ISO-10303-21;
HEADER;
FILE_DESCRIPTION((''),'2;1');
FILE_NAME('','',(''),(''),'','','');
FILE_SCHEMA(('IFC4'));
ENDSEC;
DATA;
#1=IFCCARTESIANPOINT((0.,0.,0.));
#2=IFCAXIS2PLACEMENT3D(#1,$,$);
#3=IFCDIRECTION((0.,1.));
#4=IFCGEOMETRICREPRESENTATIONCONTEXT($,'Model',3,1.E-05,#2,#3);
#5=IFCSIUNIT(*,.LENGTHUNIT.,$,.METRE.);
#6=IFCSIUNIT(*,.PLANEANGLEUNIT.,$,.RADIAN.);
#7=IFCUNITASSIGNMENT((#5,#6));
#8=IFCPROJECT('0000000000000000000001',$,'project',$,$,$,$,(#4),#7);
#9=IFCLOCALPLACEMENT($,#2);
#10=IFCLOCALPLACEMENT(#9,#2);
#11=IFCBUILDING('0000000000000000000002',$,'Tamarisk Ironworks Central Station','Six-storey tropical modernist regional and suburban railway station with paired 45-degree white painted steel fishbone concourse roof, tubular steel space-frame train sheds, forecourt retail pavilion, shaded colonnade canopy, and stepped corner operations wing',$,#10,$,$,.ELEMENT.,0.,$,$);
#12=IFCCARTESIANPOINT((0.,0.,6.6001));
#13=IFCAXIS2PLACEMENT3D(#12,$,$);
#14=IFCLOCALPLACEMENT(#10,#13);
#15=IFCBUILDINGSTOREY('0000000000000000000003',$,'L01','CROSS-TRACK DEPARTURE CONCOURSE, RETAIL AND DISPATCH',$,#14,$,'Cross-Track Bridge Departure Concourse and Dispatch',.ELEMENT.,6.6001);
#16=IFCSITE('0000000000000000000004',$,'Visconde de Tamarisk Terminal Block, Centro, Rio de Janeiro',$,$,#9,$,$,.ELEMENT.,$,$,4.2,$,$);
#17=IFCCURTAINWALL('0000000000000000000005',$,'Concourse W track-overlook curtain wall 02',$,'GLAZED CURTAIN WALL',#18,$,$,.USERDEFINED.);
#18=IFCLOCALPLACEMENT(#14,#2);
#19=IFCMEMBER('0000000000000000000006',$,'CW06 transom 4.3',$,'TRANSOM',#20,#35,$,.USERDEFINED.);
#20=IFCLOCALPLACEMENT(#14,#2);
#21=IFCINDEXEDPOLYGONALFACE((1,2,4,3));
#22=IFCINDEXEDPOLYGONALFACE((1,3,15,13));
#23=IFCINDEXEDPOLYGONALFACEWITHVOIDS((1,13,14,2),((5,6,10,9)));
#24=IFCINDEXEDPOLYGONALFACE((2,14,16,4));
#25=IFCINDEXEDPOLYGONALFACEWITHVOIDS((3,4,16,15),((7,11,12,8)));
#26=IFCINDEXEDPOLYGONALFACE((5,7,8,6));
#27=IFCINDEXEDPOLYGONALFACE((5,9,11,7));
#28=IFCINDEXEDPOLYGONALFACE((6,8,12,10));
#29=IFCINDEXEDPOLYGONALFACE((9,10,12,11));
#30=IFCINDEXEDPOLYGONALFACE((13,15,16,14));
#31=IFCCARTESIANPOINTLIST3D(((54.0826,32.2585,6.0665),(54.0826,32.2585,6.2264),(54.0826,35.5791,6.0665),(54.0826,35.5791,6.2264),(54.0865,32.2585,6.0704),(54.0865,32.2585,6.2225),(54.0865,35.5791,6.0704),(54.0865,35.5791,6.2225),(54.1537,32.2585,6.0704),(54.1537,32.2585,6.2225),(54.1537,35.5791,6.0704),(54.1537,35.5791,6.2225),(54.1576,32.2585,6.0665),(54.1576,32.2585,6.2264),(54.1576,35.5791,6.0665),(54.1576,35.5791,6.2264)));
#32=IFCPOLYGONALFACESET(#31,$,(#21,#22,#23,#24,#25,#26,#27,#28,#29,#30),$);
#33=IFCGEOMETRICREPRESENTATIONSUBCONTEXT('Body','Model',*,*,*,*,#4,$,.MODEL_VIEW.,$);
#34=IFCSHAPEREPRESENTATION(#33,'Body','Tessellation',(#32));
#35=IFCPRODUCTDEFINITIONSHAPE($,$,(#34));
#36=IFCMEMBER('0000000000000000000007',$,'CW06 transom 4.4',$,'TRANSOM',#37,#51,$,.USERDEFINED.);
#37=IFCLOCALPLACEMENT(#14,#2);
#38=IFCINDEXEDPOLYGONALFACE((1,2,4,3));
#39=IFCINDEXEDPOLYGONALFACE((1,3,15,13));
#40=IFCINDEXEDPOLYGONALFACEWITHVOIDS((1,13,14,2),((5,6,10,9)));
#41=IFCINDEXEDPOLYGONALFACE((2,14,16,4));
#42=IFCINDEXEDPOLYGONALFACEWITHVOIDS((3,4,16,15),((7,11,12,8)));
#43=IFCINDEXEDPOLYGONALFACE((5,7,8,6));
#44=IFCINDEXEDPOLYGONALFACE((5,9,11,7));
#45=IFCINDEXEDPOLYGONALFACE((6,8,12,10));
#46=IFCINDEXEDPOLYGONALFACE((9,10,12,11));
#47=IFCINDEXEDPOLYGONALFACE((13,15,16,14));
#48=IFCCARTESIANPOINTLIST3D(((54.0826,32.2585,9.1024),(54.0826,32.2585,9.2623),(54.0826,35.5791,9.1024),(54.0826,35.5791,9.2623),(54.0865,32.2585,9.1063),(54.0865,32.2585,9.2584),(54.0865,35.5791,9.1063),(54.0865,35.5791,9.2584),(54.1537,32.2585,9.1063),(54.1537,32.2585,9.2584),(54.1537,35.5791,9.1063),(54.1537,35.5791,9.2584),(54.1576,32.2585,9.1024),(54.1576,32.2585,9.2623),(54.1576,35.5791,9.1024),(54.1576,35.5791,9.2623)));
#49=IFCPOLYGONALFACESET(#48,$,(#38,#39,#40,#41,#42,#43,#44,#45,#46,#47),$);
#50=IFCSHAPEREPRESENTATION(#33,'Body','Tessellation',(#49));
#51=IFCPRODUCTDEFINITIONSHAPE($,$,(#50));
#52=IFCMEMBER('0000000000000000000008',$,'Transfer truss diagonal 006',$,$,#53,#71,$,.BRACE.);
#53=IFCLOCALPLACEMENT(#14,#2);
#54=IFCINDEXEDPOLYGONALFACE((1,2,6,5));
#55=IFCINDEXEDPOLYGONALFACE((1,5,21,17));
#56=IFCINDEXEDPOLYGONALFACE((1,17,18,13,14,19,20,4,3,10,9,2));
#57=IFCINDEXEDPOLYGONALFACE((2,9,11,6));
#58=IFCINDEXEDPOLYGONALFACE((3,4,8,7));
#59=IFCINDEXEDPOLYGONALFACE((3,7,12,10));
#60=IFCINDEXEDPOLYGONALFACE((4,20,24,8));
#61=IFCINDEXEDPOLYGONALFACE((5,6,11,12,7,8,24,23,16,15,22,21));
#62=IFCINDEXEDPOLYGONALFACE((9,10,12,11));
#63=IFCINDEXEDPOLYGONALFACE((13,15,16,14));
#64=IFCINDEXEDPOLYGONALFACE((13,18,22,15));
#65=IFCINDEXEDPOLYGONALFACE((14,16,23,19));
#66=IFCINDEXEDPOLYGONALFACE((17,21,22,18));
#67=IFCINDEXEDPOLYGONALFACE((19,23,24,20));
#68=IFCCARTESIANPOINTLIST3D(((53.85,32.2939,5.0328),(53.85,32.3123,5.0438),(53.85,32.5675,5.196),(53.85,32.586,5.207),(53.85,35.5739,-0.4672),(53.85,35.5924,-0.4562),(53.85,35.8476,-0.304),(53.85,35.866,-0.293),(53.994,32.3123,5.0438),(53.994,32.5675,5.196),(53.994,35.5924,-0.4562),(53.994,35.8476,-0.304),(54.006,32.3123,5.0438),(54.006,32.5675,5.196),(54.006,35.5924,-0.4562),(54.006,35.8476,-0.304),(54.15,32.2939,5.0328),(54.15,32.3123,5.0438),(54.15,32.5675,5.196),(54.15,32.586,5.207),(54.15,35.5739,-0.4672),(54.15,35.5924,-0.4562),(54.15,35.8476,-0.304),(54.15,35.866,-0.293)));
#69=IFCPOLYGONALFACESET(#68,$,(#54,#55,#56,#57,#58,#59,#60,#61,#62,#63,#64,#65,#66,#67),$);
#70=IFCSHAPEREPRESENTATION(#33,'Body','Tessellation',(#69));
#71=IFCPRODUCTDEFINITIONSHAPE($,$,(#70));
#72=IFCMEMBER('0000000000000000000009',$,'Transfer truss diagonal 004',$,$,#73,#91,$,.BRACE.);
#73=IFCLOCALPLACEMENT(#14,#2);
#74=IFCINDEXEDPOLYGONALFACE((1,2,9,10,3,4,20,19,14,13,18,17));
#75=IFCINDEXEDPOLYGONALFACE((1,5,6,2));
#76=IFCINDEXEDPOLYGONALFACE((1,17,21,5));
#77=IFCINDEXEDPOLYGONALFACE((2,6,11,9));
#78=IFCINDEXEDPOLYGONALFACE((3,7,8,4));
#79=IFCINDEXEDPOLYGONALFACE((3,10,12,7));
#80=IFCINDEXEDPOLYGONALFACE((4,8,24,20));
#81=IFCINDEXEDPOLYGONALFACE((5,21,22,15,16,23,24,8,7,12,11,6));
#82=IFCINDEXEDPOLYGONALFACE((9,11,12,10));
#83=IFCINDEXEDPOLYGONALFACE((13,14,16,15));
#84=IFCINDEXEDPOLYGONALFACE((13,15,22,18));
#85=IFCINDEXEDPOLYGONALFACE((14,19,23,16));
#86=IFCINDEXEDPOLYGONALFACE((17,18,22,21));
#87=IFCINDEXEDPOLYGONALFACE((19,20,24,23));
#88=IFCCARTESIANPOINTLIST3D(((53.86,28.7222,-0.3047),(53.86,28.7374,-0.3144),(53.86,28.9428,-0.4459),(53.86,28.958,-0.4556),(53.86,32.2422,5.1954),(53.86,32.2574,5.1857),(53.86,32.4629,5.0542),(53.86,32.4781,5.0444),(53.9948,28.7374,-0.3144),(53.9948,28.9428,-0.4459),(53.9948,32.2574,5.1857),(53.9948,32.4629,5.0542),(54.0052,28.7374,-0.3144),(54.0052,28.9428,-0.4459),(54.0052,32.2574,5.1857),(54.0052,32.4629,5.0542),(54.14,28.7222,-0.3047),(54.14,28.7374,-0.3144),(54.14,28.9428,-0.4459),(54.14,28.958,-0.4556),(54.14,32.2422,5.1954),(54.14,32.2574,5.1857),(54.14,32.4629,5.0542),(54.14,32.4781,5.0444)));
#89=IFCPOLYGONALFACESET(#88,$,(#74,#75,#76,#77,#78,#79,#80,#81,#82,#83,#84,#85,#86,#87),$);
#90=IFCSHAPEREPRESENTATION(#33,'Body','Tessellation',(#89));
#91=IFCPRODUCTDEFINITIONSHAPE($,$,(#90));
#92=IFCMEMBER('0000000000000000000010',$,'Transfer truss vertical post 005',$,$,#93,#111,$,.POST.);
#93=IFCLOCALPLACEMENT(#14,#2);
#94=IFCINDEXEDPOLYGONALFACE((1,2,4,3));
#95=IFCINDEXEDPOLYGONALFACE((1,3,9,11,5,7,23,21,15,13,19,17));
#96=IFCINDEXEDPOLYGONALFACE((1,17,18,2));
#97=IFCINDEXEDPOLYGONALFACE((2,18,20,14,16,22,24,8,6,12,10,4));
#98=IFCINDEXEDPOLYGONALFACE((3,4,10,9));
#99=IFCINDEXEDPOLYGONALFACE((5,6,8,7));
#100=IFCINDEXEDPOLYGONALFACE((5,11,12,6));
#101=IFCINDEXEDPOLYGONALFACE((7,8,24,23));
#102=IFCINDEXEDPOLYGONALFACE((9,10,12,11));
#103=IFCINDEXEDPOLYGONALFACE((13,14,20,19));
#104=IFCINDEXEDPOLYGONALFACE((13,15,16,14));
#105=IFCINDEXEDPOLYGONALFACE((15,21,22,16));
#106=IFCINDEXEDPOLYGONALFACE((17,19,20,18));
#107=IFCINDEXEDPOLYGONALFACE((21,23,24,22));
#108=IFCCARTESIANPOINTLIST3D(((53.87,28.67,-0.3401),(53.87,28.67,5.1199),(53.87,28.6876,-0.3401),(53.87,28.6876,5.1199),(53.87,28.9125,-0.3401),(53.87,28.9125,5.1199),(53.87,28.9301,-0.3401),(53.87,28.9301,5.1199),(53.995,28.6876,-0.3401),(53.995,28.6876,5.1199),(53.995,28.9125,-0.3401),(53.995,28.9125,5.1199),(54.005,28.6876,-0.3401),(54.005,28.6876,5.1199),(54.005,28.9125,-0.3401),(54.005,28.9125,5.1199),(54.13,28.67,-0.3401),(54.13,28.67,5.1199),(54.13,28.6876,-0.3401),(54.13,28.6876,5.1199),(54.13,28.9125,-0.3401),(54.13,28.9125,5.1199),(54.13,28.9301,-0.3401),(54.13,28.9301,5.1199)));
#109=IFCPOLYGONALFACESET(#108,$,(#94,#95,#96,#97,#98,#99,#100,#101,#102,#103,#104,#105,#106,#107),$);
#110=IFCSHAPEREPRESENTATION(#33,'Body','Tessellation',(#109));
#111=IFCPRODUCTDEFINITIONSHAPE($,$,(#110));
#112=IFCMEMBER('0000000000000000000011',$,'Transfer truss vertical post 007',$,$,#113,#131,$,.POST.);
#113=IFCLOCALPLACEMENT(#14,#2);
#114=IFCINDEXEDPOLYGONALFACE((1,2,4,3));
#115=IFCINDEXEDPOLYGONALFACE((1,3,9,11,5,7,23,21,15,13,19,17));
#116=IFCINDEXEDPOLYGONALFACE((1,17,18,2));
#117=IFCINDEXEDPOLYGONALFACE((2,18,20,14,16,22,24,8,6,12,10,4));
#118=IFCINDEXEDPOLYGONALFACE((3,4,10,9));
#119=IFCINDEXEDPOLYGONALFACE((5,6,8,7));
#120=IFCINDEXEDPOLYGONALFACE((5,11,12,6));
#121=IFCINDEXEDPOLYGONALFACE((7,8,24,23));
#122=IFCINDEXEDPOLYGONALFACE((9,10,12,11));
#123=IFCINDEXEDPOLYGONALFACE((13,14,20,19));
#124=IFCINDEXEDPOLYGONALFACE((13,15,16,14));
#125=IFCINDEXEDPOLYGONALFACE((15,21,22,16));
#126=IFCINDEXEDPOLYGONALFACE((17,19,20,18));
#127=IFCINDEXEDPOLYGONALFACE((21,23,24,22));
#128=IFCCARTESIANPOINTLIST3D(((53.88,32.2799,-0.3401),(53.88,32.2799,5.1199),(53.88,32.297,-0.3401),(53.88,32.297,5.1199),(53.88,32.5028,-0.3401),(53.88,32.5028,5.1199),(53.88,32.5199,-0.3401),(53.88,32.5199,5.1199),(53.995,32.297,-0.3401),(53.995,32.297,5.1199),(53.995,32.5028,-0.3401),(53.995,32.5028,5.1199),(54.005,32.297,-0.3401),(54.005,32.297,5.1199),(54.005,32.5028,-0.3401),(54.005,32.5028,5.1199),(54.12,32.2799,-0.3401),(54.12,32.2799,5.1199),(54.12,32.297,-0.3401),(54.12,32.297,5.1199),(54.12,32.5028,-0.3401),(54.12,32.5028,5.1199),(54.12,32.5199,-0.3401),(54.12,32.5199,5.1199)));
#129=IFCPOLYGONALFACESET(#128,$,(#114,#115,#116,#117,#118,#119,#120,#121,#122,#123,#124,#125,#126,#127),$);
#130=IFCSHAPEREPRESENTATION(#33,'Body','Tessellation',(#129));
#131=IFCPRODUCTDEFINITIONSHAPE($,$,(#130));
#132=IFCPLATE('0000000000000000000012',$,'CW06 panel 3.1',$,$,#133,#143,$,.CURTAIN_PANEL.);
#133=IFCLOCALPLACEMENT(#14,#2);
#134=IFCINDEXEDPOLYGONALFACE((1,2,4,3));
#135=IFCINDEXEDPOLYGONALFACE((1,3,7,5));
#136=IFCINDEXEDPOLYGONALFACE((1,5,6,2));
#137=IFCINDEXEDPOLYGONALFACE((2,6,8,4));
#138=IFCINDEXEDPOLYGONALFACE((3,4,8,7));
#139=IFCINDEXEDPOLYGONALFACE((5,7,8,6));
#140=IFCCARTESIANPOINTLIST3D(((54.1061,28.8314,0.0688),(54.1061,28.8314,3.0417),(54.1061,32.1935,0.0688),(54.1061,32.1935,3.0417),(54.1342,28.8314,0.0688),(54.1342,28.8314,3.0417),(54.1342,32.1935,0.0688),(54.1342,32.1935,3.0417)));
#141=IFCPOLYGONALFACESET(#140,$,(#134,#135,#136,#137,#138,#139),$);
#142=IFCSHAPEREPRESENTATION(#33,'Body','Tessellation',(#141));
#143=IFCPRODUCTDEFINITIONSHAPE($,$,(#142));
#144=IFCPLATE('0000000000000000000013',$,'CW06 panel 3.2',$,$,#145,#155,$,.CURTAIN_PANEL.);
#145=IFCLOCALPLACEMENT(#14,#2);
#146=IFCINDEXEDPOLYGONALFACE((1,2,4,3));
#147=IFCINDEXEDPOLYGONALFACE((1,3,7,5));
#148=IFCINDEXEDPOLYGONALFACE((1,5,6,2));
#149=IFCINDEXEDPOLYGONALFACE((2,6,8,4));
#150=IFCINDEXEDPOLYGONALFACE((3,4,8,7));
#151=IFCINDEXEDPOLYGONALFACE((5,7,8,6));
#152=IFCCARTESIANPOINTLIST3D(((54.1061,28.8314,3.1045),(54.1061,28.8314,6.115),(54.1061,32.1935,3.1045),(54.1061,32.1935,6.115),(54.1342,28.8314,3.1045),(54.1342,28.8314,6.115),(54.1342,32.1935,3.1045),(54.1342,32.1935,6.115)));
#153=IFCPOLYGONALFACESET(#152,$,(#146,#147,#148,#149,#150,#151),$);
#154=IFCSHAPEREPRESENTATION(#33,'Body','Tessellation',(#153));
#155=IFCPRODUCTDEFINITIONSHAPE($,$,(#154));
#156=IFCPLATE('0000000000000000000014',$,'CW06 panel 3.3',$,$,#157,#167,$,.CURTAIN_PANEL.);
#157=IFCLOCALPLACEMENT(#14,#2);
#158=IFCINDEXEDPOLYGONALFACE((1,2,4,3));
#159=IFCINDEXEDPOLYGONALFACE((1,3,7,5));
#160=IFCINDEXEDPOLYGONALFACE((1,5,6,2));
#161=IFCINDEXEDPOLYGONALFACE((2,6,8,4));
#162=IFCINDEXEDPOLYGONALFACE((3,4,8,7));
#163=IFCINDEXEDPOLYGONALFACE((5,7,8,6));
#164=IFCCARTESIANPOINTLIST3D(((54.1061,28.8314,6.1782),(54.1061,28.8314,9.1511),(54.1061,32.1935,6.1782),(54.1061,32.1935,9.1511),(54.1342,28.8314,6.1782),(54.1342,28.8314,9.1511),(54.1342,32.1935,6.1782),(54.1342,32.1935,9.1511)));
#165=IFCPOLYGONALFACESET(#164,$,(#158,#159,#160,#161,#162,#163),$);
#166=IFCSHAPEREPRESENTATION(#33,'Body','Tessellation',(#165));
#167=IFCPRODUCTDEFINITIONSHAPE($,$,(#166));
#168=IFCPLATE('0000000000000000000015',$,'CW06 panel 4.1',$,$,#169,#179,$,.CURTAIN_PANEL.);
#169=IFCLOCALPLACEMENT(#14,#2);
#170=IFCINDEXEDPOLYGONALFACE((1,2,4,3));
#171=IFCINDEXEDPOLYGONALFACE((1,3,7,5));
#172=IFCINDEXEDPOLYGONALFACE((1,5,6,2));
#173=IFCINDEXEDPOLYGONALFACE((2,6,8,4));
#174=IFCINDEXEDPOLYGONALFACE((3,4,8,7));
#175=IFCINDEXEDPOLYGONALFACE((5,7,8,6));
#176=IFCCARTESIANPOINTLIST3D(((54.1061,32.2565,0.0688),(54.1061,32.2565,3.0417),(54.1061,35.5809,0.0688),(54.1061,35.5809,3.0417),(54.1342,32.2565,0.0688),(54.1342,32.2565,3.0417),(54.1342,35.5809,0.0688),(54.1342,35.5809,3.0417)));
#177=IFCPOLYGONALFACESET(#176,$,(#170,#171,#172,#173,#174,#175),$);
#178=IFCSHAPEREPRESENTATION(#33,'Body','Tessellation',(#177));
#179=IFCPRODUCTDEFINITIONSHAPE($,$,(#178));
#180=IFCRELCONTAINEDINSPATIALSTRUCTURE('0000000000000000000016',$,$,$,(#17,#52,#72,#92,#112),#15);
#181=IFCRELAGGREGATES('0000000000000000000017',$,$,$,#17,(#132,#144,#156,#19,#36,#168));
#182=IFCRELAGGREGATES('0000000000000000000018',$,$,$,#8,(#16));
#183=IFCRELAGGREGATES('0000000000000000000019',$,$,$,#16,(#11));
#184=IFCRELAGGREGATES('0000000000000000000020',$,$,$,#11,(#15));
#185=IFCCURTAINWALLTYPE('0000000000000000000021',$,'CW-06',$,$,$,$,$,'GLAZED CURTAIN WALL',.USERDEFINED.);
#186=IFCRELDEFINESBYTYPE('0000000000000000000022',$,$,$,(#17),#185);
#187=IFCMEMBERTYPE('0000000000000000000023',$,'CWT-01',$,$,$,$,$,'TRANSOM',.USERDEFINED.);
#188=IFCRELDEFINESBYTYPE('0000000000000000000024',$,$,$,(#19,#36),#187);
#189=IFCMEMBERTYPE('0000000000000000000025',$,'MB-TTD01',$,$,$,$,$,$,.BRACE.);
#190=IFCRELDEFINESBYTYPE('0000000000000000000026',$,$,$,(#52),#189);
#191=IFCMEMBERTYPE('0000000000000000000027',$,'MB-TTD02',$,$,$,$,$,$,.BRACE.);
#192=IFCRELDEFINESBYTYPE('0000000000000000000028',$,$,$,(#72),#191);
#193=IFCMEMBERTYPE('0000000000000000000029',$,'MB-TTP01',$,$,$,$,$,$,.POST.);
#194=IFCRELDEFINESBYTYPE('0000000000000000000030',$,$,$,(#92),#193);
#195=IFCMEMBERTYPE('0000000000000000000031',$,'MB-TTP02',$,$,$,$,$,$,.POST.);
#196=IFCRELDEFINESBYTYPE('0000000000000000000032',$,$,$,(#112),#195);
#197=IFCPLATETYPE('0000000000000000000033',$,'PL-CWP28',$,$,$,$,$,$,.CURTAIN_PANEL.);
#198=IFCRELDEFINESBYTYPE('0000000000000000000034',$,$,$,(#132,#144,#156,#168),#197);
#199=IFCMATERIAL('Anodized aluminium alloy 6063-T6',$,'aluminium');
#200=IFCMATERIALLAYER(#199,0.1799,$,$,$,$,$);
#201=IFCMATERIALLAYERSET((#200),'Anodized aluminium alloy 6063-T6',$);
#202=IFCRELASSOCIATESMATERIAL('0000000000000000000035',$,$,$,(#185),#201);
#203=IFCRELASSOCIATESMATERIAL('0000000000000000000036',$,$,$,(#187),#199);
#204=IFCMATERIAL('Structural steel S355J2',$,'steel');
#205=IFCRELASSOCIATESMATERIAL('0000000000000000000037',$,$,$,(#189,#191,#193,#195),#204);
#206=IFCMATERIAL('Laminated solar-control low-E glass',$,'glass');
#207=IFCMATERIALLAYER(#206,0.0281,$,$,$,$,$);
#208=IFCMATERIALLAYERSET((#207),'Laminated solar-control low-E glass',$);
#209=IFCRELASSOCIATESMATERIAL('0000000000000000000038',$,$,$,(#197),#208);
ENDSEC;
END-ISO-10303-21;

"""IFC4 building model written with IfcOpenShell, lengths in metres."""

from ifc_helpers import new_model, si_unit, direction, frame, origin, origin_2d, place, context, subcontext, project, spatial, rectangle, hollow_rectangle, i_section, extrude, material, layer, layer_set, material_profile, profile_set, type_object, element, aggregate, save


model = new_model("IFC4")

# Units and contexts
model_context = context("Model", 3, precision=1e-05, world=origin(), true_north=direction((0.0, 1.0)))
body_context = subcontext(model_context, "Body", "Model", "MODEL_VIEW")
ifc_project = project(units=[si_unit("LENGTHUNIT", "METRE"), si_unit("PLANEANGLEUNIT", "RADIAN")], contexts=[model_context])

# Site, building, storey
site_placement = place(None, origin())
site = spatial("IfcSite", under=ifc_project, at=site_placement, Name="Visconde de Tamarisk Terminal Block, Centro, Rio de Janeiro", CompositionType="ELEMENT", RefElevation=4.2)
building_placement = place(site_placement, origin())
building = spatial("IfcBuilding", under=site, at=building_placement, Name="Tamarisk Ironworks Central Station", Description="Six-storey tropical modernist regional and suburban railway station with paired 45-degree white painted steel fishbone concourse roof, tubular steel space-frame train sheds, forecourt retail pavilion, shaded colonnade canopy, and stepped corner operations wing", CompositionType="ELEMENT", ElevationOfRefHeight=0.0)
storey_placement = place(building_placement, frame((0.0, 0.0, 6.6001)))
storey = spatial("IfcBuildingStorey", under=building, at=storey_placement, Name="L01", Description="CROSS-TRACK DEPARTURE CONCOURSE, RETAIL AND DISPATCH", LongName="Cross-Track Bridge Departure Concourse and Dispatch", CompositionType="ELEMENT", Elevation=6.6001)

# Shared definitions
ifc_material_1 = material(Name="Structural steel S355J2", Category="steel")

# Curtain wall, members
ifc_material_2 = material(Name="Anodized aluminium alloy 6063-T6", Category="aluminium")
ifc_layer_1 = layer(ifc_material_2, 0.1799)
ifc_layer_set_1 = layer_set([ifc_layer_1], Name="Anodized aluminium alloy 6063-T6")
curtain_wall_type = type_object("IfcCurtainWallType", Name="CW-06", ElementType="GLAZED CURTAIN WALL", PredefinedType="USERDEFINED", material=ifc_layer_set_1)
curtain_wall_placement = place(storey_placement, origin())
curtain_wall = element("IfcCurtainWall", 1, at=curtain_wall_placement, inside=storey, type_object=curtain_wall_type, Name="Concourse W track-overlook curtain wall 02", ObjectType="GLAZED CURTAIN WALL", PredefinedType="USERDEFINED")
ifc_material_profile_1 = material_profile(ifc_material_2, hollow_rectangle(XDim=0.075, YDim=0.1599, WallThickness=0.0039, at=origin_2d()), Name="ALUM 160x75")
ifc_profile_set_1 = profile_set([ifc_material_profile_1], Name="Anodized aluminium alloy 6063-T6")
member_type_1 = type_object("IfcMemberType", Name="CWT-01", ElementType="TRANSOM", PredefinedType="USERDEFINED", material=ifc_profile_set_1)
member_1_placement = place(storey_placement, frame((54.1201, 32.2585, 6.1465), z_axis=(0.0, 1.0, 0.0), x_axis=(-1.0, 0.0, 0.0)))
member_1 = element("IfcMember", 2, at=member_1_placement, type_object=member_type_1, Name="CW06 transom 4.3", ObjectType="TRANSOM", PredefinedType="USERDEFINED", context=body_context, shape_type="SweptSolid", body=[
    extrude(hollow_rectangle(XDim=0.075, YDim=0.1599, WallThickness=0.0039, at=origin_2d()), origin(), (0.0, 0.0, 1.0), 3.3206),
])
member_2_placement = place(storey_placement, frame((54.1201, 32.2585, 9.1824), z_axis=(0.0, 1.0, 0.0), x_axis=(-1.0, 0.0, 0.0)))
member_2 = element("IfcMember", 3, at=member_2_placement, type_object=member_type_1, Name="CW06 transom 4.4", ObjectType="TRANSOM", PredefinedType="USERDEFINED", context=body_context, shape_type="SweptSolid", body=[
    extrude(hollow_rectangle(XDim=0.075, YDim=0.1599, WallThickness=0.0039, at=origin_2d()), origin(), (0.0, 0.0, 1.0), 3.3206),
])

# Members
ifc_material_profile_2 = material_profile(ifc_material_1, i_section(OverallWidth=0.3, OverallDepth=0.3401, WebThickness=0.012, FlangeThickness=0.0215, at=origin_2d()), Name="HEB 340")
ifc_profile_set_2 = profile_set([ifc_material_profile_2], Name="Structural steel S355J2")
member_type_2 = type_object("IfcMemberType", Name="MB-TTD01", PredefinedType="BRACE", material=ifc_profile_set_2)
member_3_placement = place(storey_placement, frame((54.0, 32.4399, 5.1199), z_axis=(0.0, 0.512201, -0.858866), x_axis=(-1.0, 0.0, 0.0)))
element("IfcMember", 4, at=member_3_placement, inside=storey, type_object=member_type_2, Name="Transfer truss diagonal 006", PredefinedType="BRACE", context=body_context, shape_type="SweptSolid", body=[
    extrude(i_section(OverallWidth=0.3, OverallDepth=0.3401, WebThickness=0.012, FlangeThickness=0.0215, at=origin_2d()), origin(), (0.0, 0.0, 1.0), 6.4038),
])
ifc_material_profile_3 = material_profile(ifc_material_1, i_section(OverallWidth=0.28, OverallDepth=0.28, WebThickness=0.0105, FlangeThickness=0.0181, at=origin_2d()), Name="HEB 280")
ifc_profile_set_3 = profile_set([ifc_material_profile_3], Name="Structural steel S355J2")
member_type_3 = type_object("IfcMemberType", Name="MB-TTD02", PredefinedType="BRACE", material=ifc_profile_set_3)
member_4_placement = place(storey_placement, frame((54.0, 28.8401, -0.3801), z_axis=(0.0, 0.539056, 0.84227), x_axis=(-1.0, 0.0, 0.0)))
element("IfcMember", 5, at=member_4_placement, inside=storey, type_object=member_type_3, Name="Transfer truss diagonal 004", PredefinedType="BRACE", context=body_context, shape_type="SweptSolid", body=[
    extrude(i_section(OverallWidth=0.28, OverallDepth=0.28, WebThickness=0.0105, FlangeThickness=0.0181, at=origin_2d()), origin(), (0.0, 0.0, 1.0), 6.53),
])
ifc_material_profile_4 = material_profile(ifc_material_1, i_section(OverallWidth=0.26, OverallDepth=0.26, WebThickness=0.01, FlangeThickness=0.0176, at=origin_2d()), Name="HEB 260")
ifc_profile_set_4 = profile_set([ifc_material_profile_4], Name="Structural steel S355J2")
member_type_4 = type_object("IfcMemberType", Name="MB-TTP01", PredefinedType="POST", material=ifc_profile_set_4)
member_5_placement = place(storey_placement, frame((54.0, 28.8, -0.3401), z_axis=(0.0, 0.0, 1.0), x_axis=(1.0, 0.0, 0.0)))
element("IfcMember", 6, at=member_5_placement, inside=storey, type_object=member_type_4, Name="Transfer truss vertical post 005", PredefinedType="POST", context=body_context, shape_type="SweptSolid", body=[
    extrude(i_section(OverallWidth=0.26, OverallDepth=0.26, WebThickness=0.01, FlangeThickness=0.0176, at=origin_2d()), origin(), (0.0, 0.0, 1.0), 5.46),
])
ifc_material_profile_5 = material_profile(ifc_material_1, i_section(OverallWidth=0.24, OverallDepth=0.24, WebThickness=0.01, FlangeThickness=0.0171, at=origin_2d()), Name="HEB 240")
ifc_profile_set_5 = profile_set([ifc_material_profile_5], Name="Structural steel S355J2")
member_type_5 = type_object("IfcMemberType", Name="MB-TTP02", PredefinedType="POST", material=ifc_profile_set_5)
member_6_placement = place(storey_placement, frame((54.0, 32.3999, -0.3401), z_axis=(0.0, 0.0, 1.0), x_axis=(1.0, 0.0, 0.0)))
element("IfcMember", 7, at=member_6_placement, inside=storey, type_object=member_type_5, Name="Transfer truss vertical post 007", PredefinedType="POST", context=body_context, shape_type="SweptSolid", body=[
    extrude(i_section(OverallWidth=0.24, OverallDepth=0.24, WebThickness=0.01, FlangeThickness=0.0171, at=origin_2d()), origin(), (0.0, 0.0, 1.0), 5.46),
])

# Plates
ifc_material_3 = material(Name="Laminated solar-control low-E glass", Category="glass")
ifc_layer_2 = layer(ifc_material_3, 0.0281)
ifc_layer_set_2 = layer_set([ifc_layer_2], Name="Laminated solar-control low-E glass")
plate_type_1 = type_object("IfcPlateType", Name="PL-CWP28", PredefinedType="CURTAIN_PANEL", material=ifc_layer_set_2)
plate_1_placement = place(storey_placement, frame((54.1201, 30.5125, 0.0688), z_axis=(0.0, 0.0, 1.0), x_axis=(0.0, 1.0, 0.0)))
plate_1 = element("IfcPlate", 8, at=plate_1_placement, type_object=plate_type_1, Name="CW06 panel 3.1", PredefinedType="CURTAIN_PANEL", context=body_context, shape_type="SweptSolid", body=[
    extrude(rectangle(XDim=3.3621, YDim=0.0281, at=origin_2d()), origin(), (0.0, 0.0, 1.0), 2.9729),
])
plate_2_placement = place(storey_placement, frame((54.1201, 30.5125, 3.1045), z_axis=(0.0, 0.0, 1.0), x_axis=(0.0, 1.0, 0.0)))
plate_2 = element("IfcPlate", 9, at=plate_2_placement, type_object=plate_type_1, Name="CW06 panel 3.2", PredefinedType="CURTAIN_PANEL", context=body_context, shape_type="SweptSolid", body=[
    extrude(rectangle(XDim=3.3621, YDim=0.0281, at=origin_2d()), origin(), (0.0, 0.0, 1.0), 3.0105),
])
plate_3_placement = place(storey_placement, frame((54.1201, 30.5125, 6.1782), z_axis=(0.0, 0.0, 1.0), x_axis=(0.0, 1.0, 0.0)))
plate_3 = element("IfcPlate", 10, at=plate_3_placement, type_object=plate_type_1, Name="CW06 panel 3.3", PredefinedType="CURTAIN_PANEL", context=body_context, shape_type="SweptSolid", body=[
    extrude(rectangle(XDim=3.3621, YDim=0.0281, at=origin_2d()), origin(), (0.0, 0.0, 1.0), 2.9729),
])
plate_4_placement = place(storey_placement, frame((54.1201, 33.9187, 0.0688), z_axis=(0.0, 0.0, 1.0), x_axis=(0.0, 1.0, 0.0)))
plate_4 = element("IfcPlate", 11, at=plate_4_placement, type_object=plate_type_1, Name="CW06 panel 4.1", PredefinedType="CURTAIN_PANEL", context=body_context, shape_type="SweptSolid", body=[
    extrude(rectangle(XDim=3.3245, YDim=0.0281, at=origin_2d()), origin(), (0.0, 0.0, 1.0), 2.9729),
])
aggregate(curtain_wall, [plate_1, plate_2, plate_3, member_1, member_2, plate_4])

save(model, "model.ifc")
